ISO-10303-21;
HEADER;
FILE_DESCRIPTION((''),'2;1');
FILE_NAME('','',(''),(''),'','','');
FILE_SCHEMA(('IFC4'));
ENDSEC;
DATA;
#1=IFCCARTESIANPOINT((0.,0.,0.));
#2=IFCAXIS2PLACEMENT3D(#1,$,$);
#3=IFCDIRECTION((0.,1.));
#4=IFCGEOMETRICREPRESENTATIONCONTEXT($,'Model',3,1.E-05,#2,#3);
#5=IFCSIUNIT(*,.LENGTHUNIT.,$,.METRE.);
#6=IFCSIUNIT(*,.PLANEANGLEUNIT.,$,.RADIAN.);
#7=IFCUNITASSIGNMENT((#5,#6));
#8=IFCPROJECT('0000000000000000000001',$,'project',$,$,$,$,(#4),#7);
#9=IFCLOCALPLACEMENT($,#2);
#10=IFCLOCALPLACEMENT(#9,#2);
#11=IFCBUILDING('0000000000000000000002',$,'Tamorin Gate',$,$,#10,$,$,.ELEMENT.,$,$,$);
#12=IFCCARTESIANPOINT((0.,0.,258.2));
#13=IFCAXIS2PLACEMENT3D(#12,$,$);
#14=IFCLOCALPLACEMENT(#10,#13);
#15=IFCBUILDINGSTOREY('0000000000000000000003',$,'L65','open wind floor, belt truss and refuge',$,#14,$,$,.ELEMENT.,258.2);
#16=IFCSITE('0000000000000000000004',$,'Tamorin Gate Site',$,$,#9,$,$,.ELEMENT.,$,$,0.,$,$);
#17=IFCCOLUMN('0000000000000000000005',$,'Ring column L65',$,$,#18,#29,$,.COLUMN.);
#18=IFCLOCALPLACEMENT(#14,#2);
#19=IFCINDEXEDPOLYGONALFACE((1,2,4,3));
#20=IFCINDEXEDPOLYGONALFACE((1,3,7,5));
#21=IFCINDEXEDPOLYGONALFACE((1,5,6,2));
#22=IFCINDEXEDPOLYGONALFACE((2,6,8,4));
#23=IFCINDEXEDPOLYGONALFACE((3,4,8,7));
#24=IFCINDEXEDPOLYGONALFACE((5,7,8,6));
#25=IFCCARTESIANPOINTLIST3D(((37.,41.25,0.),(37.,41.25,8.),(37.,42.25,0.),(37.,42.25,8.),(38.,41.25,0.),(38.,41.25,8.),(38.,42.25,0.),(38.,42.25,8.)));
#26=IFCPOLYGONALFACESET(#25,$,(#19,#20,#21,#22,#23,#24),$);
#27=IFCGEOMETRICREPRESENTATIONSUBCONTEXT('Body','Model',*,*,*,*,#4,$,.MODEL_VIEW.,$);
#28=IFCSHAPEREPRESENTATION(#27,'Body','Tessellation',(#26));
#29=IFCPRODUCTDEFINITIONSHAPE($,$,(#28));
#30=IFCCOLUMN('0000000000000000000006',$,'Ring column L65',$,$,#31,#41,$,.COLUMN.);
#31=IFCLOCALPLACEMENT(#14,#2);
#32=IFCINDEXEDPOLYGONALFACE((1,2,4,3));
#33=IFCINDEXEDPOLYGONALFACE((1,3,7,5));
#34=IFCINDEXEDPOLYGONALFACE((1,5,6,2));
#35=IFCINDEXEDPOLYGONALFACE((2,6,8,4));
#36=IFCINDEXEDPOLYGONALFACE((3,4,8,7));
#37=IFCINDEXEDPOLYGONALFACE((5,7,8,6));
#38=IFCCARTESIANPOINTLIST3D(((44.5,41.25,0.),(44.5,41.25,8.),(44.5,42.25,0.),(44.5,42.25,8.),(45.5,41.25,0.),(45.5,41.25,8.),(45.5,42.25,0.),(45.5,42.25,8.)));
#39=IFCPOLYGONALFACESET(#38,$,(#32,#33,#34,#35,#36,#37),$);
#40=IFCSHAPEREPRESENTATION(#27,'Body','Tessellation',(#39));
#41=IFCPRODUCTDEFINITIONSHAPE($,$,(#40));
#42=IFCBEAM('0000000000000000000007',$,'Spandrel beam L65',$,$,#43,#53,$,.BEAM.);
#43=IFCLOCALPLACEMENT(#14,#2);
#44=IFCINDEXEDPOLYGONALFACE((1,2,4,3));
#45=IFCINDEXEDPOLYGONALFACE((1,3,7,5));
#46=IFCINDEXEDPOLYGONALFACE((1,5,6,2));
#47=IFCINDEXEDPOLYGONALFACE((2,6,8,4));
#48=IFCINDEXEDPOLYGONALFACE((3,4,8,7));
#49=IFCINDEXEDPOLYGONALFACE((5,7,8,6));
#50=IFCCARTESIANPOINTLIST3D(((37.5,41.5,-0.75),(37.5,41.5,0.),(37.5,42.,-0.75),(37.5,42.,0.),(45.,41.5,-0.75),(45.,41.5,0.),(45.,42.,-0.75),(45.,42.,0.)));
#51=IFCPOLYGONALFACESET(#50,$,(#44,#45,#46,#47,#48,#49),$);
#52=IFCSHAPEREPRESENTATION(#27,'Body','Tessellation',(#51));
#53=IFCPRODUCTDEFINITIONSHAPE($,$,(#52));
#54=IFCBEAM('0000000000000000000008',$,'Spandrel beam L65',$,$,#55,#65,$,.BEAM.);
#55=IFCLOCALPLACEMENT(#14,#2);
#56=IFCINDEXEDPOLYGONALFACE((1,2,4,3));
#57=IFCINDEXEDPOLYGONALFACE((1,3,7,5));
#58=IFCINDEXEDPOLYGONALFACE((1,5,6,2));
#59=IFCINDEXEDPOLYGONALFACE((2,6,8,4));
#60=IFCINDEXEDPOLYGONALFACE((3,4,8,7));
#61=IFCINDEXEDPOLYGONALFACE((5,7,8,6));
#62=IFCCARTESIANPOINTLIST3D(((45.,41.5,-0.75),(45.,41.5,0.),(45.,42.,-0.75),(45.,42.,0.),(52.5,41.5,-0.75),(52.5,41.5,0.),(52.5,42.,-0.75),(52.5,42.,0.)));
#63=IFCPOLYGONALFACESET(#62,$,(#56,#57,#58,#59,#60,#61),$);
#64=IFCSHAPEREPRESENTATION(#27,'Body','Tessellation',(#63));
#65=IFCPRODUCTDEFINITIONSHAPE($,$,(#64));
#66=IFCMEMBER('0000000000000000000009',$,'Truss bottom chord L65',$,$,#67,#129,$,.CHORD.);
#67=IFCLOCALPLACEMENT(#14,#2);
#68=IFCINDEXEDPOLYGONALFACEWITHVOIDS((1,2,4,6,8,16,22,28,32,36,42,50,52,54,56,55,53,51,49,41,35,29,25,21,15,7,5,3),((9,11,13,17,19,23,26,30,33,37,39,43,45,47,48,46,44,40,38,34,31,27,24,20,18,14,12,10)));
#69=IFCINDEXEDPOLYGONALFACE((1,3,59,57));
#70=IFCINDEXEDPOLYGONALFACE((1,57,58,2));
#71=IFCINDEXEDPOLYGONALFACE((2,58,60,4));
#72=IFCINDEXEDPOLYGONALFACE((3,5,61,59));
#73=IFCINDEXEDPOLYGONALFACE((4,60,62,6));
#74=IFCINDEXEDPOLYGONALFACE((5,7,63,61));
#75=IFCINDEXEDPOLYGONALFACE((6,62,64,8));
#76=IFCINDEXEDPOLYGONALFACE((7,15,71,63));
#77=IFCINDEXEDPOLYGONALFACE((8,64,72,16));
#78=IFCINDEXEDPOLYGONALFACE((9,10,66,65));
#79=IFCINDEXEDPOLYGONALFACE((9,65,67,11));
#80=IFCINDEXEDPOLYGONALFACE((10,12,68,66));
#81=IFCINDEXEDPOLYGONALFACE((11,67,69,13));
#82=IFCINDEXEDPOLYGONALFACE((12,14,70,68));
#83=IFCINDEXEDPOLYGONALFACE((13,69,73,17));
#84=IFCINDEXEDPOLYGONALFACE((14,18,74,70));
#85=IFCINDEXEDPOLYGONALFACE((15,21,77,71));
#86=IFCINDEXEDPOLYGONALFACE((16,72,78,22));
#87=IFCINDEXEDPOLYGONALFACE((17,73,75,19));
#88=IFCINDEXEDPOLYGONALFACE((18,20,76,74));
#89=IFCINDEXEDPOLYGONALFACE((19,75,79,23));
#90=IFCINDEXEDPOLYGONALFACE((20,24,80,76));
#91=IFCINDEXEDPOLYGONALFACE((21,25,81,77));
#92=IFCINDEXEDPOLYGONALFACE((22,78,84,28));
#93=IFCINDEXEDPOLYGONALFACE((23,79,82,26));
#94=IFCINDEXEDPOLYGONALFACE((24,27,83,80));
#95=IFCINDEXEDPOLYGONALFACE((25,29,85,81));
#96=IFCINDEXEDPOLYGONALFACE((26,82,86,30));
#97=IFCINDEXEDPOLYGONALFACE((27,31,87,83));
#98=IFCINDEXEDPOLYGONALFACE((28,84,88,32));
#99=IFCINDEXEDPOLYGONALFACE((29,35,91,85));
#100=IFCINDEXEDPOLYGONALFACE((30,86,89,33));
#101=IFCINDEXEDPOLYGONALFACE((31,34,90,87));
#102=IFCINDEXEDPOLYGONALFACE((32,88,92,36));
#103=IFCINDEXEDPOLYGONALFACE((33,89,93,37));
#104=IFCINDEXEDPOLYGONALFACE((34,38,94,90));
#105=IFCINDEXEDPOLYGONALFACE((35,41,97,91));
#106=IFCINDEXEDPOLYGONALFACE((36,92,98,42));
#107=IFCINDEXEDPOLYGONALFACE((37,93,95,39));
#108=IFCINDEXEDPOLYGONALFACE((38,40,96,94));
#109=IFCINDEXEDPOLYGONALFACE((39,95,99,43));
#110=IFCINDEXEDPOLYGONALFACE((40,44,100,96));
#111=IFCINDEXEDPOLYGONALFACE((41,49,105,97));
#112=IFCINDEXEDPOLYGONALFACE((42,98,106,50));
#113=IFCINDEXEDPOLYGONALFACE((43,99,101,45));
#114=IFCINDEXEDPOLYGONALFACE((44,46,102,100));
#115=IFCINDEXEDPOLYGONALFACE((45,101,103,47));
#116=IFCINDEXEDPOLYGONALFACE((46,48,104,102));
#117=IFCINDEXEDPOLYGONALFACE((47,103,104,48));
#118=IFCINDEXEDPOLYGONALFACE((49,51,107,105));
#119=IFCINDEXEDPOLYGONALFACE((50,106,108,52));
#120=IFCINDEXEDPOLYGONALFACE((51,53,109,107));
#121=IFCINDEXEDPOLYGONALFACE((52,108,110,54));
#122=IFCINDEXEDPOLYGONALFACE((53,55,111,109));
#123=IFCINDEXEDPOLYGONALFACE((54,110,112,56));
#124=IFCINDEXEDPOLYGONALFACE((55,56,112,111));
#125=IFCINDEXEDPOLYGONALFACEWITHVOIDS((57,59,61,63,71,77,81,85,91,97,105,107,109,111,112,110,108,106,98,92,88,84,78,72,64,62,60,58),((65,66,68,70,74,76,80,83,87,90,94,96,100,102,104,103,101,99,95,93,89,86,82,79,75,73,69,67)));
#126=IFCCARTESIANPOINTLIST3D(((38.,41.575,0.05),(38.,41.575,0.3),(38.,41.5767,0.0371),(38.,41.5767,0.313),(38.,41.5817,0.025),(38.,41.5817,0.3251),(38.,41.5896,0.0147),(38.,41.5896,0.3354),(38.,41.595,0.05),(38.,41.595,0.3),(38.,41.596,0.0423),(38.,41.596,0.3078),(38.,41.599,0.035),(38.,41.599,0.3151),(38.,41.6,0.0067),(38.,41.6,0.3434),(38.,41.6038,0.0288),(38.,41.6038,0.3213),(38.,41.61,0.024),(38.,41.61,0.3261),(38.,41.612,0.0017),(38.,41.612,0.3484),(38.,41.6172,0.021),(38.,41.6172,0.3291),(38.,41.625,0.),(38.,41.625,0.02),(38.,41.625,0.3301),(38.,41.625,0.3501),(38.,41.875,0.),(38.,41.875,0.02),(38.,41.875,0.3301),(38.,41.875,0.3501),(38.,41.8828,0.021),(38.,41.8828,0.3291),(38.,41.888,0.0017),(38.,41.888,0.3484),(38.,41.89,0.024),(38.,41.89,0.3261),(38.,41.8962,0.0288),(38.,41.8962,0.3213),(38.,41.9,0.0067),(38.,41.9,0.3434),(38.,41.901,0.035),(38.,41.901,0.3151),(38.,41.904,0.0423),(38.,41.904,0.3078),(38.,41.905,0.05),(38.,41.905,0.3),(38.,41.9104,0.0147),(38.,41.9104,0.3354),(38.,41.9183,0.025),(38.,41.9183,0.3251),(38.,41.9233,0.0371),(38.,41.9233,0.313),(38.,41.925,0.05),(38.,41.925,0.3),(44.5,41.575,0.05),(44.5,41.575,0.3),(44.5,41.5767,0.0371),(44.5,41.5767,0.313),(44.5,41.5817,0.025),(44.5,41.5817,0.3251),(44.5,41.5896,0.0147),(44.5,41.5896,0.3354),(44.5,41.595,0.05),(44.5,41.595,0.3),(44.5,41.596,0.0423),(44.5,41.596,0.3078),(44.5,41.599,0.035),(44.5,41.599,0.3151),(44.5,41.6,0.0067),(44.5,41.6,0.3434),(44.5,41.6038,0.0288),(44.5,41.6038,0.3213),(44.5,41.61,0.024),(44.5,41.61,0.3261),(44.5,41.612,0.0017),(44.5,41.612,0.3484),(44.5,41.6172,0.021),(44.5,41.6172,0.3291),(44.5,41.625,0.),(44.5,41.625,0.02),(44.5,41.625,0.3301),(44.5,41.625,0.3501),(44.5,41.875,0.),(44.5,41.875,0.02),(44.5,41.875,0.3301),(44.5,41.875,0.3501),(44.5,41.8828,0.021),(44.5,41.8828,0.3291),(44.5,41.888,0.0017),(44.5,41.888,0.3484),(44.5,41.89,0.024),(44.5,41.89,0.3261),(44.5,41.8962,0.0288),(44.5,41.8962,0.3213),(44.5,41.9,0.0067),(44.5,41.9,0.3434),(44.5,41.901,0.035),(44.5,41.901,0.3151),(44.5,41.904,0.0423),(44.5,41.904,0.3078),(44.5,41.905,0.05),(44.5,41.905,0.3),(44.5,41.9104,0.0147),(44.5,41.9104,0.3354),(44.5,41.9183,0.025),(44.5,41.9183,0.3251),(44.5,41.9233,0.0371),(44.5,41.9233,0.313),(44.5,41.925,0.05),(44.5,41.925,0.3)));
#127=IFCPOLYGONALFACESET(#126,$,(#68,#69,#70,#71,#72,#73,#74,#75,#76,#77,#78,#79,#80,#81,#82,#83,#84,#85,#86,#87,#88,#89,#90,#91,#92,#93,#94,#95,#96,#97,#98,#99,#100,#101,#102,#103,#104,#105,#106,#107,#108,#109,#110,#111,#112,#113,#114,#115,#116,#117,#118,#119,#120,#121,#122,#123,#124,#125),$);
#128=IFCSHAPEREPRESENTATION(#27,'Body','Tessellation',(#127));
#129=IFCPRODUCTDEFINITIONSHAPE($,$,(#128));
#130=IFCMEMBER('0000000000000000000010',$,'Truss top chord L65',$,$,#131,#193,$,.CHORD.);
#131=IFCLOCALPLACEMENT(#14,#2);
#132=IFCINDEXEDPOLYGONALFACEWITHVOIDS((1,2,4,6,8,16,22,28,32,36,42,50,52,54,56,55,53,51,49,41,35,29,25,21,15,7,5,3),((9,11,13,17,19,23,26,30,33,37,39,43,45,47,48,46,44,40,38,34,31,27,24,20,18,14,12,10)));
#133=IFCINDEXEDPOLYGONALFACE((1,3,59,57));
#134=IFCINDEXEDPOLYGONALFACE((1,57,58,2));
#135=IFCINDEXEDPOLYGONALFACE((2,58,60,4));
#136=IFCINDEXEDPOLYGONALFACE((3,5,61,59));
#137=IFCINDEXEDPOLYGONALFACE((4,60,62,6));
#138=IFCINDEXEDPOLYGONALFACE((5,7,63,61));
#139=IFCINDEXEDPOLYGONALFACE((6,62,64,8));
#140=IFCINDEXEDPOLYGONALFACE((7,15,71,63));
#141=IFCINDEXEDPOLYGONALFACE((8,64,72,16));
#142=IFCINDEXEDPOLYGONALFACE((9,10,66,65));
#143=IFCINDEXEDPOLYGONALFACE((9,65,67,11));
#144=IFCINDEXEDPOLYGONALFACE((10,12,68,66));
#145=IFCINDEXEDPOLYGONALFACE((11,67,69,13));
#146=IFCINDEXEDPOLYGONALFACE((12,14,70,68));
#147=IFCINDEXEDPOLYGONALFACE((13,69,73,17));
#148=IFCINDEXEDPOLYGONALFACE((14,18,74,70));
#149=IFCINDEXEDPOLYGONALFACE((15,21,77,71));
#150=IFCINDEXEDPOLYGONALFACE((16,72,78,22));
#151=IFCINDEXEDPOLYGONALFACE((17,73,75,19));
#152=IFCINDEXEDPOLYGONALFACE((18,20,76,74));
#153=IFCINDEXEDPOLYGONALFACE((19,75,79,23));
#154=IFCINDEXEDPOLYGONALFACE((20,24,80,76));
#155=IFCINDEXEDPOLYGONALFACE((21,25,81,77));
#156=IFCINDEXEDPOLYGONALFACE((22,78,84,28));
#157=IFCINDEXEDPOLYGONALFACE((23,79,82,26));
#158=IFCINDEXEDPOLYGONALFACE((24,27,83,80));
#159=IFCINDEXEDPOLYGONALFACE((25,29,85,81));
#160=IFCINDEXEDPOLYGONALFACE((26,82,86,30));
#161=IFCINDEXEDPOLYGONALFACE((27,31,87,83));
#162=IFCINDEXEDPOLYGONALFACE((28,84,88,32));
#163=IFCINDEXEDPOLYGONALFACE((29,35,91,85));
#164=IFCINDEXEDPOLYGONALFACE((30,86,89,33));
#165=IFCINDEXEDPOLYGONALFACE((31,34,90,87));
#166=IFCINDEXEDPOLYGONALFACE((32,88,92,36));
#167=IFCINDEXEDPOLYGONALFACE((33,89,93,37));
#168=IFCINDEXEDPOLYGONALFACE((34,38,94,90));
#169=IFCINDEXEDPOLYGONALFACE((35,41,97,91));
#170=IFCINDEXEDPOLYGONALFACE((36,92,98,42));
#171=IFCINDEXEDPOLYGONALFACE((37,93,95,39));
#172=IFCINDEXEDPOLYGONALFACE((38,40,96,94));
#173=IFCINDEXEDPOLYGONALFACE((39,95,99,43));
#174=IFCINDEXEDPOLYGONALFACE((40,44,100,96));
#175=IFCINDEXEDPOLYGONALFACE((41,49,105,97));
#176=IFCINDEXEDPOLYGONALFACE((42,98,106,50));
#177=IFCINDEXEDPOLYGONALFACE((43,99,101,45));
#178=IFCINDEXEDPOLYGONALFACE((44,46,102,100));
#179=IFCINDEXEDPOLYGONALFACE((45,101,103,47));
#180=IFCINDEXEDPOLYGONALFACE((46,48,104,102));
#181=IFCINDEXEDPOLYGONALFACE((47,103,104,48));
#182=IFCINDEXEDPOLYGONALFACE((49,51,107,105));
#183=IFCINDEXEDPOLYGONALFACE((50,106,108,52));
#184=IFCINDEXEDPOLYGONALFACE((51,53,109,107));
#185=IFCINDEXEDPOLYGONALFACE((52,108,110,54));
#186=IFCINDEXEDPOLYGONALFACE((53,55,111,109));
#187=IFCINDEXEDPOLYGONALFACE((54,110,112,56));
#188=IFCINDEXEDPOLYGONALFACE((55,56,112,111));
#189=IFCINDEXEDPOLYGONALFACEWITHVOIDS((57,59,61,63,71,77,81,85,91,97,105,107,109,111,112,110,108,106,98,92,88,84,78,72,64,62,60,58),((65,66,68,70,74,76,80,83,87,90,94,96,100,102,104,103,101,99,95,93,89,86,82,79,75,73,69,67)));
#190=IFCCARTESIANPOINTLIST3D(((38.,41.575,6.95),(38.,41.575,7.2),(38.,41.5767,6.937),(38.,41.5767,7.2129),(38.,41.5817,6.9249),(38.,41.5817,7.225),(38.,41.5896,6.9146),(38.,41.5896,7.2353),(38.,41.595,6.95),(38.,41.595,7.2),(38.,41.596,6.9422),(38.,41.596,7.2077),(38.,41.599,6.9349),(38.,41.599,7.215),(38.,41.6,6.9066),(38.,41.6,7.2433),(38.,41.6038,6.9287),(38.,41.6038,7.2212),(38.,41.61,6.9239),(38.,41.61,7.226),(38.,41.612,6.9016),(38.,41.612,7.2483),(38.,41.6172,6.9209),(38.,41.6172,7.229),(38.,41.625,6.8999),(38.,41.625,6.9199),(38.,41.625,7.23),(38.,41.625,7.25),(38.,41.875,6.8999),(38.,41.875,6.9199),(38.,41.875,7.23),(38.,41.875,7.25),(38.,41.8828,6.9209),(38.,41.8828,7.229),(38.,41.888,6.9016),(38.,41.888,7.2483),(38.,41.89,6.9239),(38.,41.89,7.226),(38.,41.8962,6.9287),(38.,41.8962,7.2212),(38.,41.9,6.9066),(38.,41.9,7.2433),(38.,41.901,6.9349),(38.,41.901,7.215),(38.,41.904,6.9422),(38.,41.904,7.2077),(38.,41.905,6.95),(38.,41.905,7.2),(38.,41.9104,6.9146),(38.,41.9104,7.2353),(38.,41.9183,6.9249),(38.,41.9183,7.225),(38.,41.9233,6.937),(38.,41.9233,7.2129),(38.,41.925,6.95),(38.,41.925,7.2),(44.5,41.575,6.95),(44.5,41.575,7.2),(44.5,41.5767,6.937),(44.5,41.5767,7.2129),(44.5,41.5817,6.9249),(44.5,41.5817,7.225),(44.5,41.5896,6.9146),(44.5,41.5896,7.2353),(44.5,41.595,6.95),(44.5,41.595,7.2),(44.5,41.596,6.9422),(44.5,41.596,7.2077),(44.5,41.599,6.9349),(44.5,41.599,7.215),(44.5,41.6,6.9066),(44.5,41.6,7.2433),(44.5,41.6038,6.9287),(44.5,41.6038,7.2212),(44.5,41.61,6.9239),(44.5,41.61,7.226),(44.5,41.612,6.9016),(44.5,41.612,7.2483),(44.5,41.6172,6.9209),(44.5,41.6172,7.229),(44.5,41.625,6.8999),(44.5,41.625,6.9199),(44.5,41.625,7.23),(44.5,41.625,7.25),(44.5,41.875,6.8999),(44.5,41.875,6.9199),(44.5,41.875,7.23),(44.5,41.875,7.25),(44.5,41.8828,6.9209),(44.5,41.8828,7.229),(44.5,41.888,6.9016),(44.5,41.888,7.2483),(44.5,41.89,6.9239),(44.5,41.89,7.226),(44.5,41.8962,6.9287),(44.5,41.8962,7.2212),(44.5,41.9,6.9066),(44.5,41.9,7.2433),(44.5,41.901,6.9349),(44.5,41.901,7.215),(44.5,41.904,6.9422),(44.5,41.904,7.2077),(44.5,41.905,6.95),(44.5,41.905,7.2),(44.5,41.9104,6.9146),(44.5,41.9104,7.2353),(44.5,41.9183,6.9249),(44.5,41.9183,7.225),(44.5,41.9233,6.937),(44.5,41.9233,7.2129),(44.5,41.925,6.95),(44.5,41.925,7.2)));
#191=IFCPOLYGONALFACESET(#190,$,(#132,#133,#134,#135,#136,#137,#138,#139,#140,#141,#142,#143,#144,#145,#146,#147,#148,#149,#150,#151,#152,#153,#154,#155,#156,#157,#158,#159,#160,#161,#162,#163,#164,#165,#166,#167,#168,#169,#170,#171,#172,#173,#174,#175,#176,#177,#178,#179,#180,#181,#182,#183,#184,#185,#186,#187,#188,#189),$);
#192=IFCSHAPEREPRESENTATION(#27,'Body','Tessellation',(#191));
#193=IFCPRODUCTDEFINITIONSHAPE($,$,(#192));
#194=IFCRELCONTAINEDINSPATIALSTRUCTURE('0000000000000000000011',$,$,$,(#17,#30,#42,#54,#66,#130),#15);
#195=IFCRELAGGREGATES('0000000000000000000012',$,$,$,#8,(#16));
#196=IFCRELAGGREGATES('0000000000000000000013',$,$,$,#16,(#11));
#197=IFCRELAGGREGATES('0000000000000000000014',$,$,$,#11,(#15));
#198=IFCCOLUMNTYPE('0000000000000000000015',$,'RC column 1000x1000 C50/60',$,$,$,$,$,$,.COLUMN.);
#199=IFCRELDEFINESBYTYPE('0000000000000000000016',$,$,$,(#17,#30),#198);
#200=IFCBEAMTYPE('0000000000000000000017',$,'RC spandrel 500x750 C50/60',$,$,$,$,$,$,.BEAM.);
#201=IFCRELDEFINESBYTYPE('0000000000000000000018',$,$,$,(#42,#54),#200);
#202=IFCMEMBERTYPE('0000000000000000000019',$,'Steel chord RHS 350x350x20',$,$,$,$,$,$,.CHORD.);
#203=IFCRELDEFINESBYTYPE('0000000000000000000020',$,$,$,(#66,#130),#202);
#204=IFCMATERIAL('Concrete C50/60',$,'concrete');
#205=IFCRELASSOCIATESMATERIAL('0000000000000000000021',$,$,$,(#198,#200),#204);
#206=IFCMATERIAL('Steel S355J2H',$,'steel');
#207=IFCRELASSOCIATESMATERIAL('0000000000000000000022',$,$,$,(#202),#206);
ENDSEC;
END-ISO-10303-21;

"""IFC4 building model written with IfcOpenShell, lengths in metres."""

from ifc_helpers import new_model, si_unit, direction, frame, origin, origin_2d, place, context, subcontext, project, spatial, rectangle, hollow_rectangle, extrude, material, material_profile, profile_set, type_object, element, save


model = new_model("IFC4")

# Units and contexts
model_context = context("Model", 3, precision=1e-05, world=origin(), true_north=direction((0.0, 1.0)))
body_context = subcontext(model_context, "Body", "Model", "MODEL_VIEW")
ifc_project = project(units=[si_unit("LENGTHUNIT", "METRE"), si_unit("PLANEANGLEUNIT", "RADIAN")], contexts=[model_context])

# Site, building, storey
site_placement = place(None, origin())
site = spatial("IfcSite", under=ifc_project, at=site_placement, Name="Tamorin Gate Site", CompositionType="ELEMENT", RefElevation=0.0)
building_placement = place(site_placement, origin())
building = spatial("IfcBuilding", under=site, at=building_placement, Name="Tamorin Gate", CompositionType="ELEMENT")
storey_placement = place(building_placement, frame((0.0, 0.0, 258.2)))
storey = spatial("IfcBuildingStorey", under=building, at=storey_placement, Name="L65", Description="open wind floor, belt truss and refuge", CompositionType="ELEMENT", Elevation=258.2)

# Columns
ifc_material_1 = material(Name="Concrete C50/60", Category="concrete")
ifc_material_profile_1 = material_profile(ifc_material_1, rectangle(XDim=1.0, YDim=1.0, at=origin_2d()), Name="RC 1000x1000")
ifc_profile_set_1 = profile_set([ifc_material_profile_1], Name="Concrete C50/60")
column_type = type_object("IfcColumnType", Name="RC column 1000x1000 C50/60", PredefinedType="COLUMN", material=ifc_profile_set_1)
for number, where, z_axis, x_axis, name in (
    (1, (37.5, 41.75, 0.0), (0.0, 0.0, 1.0), (1.0, 0.0, 0.0), "Ring column L65"),
    (2, (45.0, 41.75, 0.0), (0.0, 0.0, 1.0), (1.0, 0.0, 0.0), "Ring column L65"),
):
    element("IfcColumn", number, at=place(storey_placement, frame(where, z_axis=z_axis, x_axis=x_axis)), inside=storey, type_object=column_type, Name=name, PredefinedType="COLUMN", context=body_context, shape_type="SweptSolid", body=[
        extrude(rectangle(XDim=1.0, YDim=1.0, at=origin_2d()), origin(), (0.0, 0.0, 1.0), 8.0),
    ])

# Beams
ifc_material_profile_2 = material_profile(ifc_material_1, rectangle(XDim=0.5, YDim=0.75, at=origin_2d()), Name="RC 500x750")
ifc_profile_set_2 = profile_set([ifc_material_profile_2], Name="Concrete C50/60")
beam_type = type_object("IfcBeamType", Name="RC spandrel 500x750 C50/60", PredefinedType="BEAM", material=ifc_profile_set_2)
for number, where, z_axis, x_axis, name in (
    (3, (37.5, 41.75, -0.375), (1.0, 0.0, 0.0), (0.0, 1.0, 0.0), "Spandrel beam L65"),
    (4, (45.0, 41.75, -0.375), (1.0, 0.0, 0.0), (0.0, 1.0, 0.0), "Spandrel beam L65"),
):
    element("IfcBeam", number, at=place(storey_placement, frame(where, z_axis=z_axis, x_axis=x_axis)), inside=storey, type_object=beam_type, Name=name, PredefinedType="BEAM", context=body_context, shape_type="SweptSolid", body=[
        extrude(rectangle(XDim=0.5, YDim=0.75, at=origin_2d()), origin(), (0.0, 0.0, 1.0), 7.5),
    ])

# Members
ifc_material_2 = material(Name="Steel S355J2H", Category="steel")
ifc_material_profile_3 = material_profile(ifc_material_2, hollow_rectangle(XDim=0.3501, YDim=0.3501, WallThickness=0.02, InnerFilletRadius=0.03, OuterFilletRadius=0.05, at=origin_2d()), Name="RHS 350x350x20")
ifc_profile_set_3 = profile_set([ifc_material_profile_3], Name="Steel S355J2H")
member_type_1 = type_object("IfcMemberType", Name="Steel chord RHS 350x350x20", PredefinedType="CHORD", material=ifc_profile_set_3)
for number, where, z_axis, x_axis, name in (
    (5, (38.0, 41.75, 0.175), (1.0, 0.0, 0.0), (0.0, 1.0, 0.0), "Truss bottom chord L65"),
    (6, (38.0, 41.75, 7.075), (1.0, 0.0, 0.0), (0.0, 1.0, 0.0), "Truss top chord L65"),
):
    element("IfcMember", number, at=place(storey_placement, frame(where, z_axis=z_axis, x_axis=x_axis)), inside=storey, type_object=member_type_1, Name=name, PredefinedType="CHORD", context=body_context, shape_type="SweptSolid", body=[
        extrude(hollow_rectangle(XDim=0.3501, YDim=0.3501, WallThickness=0.02, InnerFilletRadius=0.03, OuterFilletRadius=0.05, at=origin_2d()), origin(), (0.0, 0.0, 1.0), 6.5),
    ])

save(model, "model.ifc")
